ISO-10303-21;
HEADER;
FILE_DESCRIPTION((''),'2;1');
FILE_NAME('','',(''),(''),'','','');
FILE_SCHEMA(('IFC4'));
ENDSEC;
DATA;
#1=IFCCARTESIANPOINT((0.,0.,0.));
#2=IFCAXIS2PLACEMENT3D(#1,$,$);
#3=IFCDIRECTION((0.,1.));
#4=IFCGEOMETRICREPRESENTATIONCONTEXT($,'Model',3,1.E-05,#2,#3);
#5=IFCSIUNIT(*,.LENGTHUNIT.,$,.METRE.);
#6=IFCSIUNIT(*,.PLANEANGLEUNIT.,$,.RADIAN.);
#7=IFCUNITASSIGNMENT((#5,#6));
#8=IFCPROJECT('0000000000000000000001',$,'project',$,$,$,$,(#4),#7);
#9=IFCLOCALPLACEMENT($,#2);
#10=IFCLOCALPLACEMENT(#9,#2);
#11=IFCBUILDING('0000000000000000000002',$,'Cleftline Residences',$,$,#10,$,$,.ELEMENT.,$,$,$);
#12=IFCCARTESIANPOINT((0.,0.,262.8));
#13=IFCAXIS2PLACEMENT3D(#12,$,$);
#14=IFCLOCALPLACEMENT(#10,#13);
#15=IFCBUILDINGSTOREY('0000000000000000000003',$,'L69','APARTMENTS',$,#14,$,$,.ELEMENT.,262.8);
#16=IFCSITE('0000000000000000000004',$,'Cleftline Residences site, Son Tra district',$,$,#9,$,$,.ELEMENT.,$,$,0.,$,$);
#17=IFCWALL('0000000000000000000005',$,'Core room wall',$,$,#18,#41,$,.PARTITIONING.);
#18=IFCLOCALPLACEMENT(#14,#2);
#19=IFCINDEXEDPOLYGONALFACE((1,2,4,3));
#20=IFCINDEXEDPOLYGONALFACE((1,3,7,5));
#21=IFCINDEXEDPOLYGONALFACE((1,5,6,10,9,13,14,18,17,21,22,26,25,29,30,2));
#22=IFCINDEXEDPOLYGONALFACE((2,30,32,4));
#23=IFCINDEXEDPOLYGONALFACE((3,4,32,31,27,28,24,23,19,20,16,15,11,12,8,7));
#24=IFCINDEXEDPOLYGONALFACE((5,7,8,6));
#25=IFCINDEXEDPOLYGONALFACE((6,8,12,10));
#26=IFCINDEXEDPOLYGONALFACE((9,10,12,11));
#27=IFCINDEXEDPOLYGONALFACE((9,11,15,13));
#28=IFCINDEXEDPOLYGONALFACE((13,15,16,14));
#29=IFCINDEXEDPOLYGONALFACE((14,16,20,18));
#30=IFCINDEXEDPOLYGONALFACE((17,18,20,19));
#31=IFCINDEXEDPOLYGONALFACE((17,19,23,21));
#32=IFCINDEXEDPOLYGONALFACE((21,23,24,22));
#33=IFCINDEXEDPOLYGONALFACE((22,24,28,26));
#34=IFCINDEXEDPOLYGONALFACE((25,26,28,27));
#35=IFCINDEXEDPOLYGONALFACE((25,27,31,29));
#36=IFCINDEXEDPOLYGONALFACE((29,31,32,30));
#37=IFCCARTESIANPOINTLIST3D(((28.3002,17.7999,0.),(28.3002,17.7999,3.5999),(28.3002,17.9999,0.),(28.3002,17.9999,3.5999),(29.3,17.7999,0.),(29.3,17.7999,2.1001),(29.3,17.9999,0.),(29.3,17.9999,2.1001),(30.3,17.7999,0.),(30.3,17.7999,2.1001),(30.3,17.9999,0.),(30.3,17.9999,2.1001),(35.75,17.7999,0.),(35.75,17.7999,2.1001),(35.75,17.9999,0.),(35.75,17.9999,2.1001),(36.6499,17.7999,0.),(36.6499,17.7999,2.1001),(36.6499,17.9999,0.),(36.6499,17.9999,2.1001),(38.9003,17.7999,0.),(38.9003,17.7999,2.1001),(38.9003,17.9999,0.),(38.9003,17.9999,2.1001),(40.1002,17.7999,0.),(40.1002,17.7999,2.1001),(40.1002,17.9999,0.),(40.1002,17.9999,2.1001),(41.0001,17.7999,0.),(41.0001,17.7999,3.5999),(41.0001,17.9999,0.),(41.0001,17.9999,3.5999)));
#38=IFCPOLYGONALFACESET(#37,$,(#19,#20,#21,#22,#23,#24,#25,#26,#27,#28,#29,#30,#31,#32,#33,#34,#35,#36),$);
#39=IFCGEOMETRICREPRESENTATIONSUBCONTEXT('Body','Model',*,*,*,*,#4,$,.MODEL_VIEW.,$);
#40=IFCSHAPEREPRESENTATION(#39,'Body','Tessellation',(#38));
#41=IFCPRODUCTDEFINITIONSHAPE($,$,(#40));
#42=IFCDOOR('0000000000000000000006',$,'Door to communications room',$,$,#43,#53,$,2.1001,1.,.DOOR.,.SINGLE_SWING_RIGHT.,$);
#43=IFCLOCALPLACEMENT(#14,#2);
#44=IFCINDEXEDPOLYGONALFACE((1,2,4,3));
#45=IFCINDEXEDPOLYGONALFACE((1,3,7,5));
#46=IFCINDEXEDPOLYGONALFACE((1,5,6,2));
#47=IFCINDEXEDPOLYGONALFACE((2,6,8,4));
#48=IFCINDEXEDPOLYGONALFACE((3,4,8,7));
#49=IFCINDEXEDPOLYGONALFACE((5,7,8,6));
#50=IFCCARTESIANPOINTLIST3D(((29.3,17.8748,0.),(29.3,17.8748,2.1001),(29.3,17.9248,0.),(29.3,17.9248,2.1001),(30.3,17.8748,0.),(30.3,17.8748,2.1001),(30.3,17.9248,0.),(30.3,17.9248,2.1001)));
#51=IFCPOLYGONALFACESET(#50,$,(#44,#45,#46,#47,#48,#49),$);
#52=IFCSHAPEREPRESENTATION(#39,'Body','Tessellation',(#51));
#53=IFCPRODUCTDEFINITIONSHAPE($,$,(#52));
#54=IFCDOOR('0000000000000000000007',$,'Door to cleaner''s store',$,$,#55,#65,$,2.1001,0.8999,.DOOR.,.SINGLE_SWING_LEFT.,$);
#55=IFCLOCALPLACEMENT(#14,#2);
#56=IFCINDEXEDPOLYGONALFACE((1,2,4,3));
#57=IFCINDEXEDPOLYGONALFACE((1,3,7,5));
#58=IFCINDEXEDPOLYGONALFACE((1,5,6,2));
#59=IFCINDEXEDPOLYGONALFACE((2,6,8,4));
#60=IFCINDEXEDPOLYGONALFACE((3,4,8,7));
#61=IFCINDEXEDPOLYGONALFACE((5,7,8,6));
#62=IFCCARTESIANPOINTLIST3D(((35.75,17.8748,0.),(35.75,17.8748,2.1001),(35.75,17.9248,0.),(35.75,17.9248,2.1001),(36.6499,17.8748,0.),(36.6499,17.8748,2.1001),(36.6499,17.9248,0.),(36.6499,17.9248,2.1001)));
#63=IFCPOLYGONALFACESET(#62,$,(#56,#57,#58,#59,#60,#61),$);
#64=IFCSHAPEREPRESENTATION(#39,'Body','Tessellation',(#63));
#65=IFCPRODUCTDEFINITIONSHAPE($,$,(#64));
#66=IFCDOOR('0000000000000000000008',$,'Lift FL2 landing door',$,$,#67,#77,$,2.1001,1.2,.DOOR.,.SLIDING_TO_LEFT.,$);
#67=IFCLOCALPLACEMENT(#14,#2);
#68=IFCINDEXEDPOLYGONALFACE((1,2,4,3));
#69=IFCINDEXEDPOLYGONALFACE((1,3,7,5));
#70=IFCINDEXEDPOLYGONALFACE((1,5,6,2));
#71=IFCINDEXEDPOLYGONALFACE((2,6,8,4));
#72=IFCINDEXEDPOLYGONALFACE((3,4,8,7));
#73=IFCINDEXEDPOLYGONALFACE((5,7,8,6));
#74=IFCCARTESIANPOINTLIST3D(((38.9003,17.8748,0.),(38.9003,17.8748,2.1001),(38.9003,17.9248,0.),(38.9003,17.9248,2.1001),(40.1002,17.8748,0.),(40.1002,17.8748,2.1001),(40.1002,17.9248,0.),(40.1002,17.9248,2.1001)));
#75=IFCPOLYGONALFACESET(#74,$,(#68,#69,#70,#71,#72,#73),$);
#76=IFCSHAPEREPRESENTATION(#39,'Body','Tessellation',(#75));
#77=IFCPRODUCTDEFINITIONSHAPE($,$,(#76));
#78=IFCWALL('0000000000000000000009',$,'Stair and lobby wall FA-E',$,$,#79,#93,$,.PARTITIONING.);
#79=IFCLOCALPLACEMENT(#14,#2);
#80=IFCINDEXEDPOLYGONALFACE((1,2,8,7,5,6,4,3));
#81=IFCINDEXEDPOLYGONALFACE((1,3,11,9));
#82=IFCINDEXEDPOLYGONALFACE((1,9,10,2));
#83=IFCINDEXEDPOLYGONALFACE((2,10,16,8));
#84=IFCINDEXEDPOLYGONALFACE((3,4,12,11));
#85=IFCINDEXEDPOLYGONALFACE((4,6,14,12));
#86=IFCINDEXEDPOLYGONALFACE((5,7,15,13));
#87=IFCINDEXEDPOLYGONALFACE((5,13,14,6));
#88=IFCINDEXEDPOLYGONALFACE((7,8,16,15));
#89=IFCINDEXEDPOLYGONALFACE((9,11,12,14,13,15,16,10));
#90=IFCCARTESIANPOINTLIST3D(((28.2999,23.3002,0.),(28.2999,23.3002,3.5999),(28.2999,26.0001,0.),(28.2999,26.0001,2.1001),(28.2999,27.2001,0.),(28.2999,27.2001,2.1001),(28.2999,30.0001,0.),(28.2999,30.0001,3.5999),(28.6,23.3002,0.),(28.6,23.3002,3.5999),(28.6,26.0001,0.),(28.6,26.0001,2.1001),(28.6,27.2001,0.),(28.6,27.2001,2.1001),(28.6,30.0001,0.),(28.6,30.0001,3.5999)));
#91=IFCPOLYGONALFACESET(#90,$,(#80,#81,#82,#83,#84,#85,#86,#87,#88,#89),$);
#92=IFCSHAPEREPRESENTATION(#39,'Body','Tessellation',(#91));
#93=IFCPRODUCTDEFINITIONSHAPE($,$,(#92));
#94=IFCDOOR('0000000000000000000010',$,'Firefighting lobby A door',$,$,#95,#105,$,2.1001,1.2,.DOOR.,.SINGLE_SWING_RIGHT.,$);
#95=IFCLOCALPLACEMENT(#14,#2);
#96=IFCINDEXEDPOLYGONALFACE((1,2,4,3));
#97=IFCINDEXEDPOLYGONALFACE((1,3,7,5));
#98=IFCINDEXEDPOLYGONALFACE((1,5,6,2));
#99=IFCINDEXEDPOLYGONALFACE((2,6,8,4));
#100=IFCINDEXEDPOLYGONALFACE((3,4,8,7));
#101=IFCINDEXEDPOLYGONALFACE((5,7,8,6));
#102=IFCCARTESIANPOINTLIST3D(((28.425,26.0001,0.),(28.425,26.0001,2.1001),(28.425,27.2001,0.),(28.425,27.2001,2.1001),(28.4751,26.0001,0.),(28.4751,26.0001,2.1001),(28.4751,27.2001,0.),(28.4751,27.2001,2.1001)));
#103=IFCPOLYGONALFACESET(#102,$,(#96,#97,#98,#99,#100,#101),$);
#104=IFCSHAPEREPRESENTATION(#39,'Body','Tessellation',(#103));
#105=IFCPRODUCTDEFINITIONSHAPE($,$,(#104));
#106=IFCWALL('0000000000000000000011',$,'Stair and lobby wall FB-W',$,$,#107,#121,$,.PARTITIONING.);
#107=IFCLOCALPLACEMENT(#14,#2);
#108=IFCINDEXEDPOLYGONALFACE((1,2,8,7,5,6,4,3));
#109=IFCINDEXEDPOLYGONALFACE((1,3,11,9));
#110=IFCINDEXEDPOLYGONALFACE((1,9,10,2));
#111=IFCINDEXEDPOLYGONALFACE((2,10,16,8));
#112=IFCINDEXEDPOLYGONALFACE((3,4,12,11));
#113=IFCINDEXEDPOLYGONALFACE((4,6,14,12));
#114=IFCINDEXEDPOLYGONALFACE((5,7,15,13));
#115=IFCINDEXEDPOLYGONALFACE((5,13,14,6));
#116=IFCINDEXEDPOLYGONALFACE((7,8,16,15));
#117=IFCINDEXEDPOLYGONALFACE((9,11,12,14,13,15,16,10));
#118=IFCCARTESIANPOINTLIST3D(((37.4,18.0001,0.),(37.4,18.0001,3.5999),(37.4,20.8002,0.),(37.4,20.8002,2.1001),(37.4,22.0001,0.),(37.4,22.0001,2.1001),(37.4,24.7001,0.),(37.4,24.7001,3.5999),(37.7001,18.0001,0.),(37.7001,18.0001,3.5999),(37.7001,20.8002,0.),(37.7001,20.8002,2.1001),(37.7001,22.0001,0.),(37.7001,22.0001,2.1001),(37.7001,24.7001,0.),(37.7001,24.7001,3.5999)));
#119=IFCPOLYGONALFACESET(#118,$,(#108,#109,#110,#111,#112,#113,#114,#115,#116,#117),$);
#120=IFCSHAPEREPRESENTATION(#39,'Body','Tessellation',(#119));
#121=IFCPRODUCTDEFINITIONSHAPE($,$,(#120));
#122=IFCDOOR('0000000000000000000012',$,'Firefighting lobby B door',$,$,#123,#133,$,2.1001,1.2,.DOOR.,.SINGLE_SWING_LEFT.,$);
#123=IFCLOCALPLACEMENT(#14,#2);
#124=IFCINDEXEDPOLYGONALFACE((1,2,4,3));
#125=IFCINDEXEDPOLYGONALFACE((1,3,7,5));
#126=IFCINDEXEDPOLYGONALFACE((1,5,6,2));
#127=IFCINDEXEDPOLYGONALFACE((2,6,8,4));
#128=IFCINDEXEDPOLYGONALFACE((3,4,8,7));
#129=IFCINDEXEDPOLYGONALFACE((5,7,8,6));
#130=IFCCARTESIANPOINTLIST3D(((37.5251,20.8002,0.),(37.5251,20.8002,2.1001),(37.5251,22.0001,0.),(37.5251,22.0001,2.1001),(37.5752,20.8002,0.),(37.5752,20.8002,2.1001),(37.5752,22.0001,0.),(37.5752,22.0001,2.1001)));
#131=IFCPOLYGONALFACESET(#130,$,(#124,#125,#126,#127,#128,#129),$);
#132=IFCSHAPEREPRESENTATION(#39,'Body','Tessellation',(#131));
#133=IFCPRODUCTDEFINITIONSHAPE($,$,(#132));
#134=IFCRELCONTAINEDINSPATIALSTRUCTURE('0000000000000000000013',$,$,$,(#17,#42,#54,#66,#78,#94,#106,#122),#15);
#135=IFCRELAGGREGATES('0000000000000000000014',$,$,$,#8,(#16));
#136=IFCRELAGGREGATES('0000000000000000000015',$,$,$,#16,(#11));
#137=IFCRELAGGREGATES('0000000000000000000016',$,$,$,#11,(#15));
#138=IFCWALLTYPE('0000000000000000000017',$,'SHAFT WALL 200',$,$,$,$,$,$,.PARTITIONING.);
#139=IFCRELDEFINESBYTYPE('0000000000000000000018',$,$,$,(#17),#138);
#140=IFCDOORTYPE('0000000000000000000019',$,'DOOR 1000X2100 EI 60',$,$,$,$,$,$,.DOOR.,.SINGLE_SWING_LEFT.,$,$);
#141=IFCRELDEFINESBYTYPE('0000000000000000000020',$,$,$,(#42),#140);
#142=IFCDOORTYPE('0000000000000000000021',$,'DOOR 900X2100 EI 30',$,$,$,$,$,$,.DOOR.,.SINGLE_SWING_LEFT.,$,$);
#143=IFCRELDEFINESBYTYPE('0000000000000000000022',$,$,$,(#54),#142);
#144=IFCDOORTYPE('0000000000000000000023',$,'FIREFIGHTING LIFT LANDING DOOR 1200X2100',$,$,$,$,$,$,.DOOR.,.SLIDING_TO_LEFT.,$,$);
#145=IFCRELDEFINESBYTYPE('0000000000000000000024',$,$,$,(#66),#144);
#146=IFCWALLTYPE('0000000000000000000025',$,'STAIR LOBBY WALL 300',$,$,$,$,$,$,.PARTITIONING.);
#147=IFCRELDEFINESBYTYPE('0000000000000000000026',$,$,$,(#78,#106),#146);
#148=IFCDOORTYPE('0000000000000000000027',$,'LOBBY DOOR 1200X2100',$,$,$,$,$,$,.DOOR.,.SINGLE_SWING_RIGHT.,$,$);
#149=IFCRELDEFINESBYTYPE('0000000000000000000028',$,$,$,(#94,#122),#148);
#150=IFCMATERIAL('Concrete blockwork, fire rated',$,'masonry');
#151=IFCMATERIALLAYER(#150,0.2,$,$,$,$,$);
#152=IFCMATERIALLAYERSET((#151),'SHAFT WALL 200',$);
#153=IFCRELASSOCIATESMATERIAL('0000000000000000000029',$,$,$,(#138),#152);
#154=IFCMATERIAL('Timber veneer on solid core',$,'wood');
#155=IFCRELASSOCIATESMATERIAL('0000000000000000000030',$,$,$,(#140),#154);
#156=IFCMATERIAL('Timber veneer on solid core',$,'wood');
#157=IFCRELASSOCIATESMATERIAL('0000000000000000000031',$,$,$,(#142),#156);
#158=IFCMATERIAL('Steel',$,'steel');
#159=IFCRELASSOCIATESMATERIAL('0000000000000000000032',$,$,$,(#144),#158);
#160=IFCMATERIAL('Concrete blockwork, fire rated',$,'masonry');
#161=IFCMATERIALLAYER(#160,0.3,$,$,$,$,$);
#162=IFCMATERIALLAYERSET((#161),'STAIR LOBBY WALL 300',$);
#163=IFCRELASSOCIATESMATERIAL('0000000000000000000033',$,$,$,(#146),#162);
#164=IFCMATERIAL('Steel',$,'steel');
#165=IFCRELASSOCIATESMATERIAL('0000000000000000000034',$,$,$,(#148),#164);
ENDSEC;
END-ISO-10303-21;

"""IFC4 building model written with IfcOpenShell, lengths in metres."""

from ifc_helpers import new_model, si_unit, direction, frame, frame_2d, origin, place, context, subcontext, project, spatial, rectangle, extrude, material, layer, layer_set, type_object, element, fill, save


model = new_model("IFC4")

# Units and contexts
model_context = context("Model", 3, precision=1e-05, world=origin(), true_north=direction((0.0, 1.0)))
body_context = subcontext(model_context, "Body", "Model", "MODEL_VIEW")
ifc_project = project(units=[si_unit("LENGTHUNIT", "METRE"), si_unit("PLANEANGLEUNIT", "RADIAN")], contexts=[model_context])

# Site, building, storey
site_placement = place(None, origin())
site = spatial("IfcSite", under=ifc_project, at=site_placement, Name="Cleftline Residences site, Son Tra district", CompositionType="ELEMENT", RefElevation=0.0)
building_placement = place(site_placement, origin())
building = spatial("IfcBuilding", under=site, at=building_placement, Name="Cleftline Residences", CompositionType="ELEMENT")
storey_placement = place(building_placement, frame((0.0, 0.0, 262.8)))
storey = spatial("IfcBuildingStorey", under=building, at=storey_placement, Name="L69", Description="APARTMENTS", CompositionType="ELEMENT", Elevation=262.8)

# Wall, openings, doors
ifc_material_1 = material(Name="Concrete blockwork, fire rated", Category="masonry")
ifc_layer_1 = layer(ifc_material_1, 0.2)
ifc_layer_set_1 = layer_set([ifc_layer_1], Name="SHAFT WALL 200")
wall_type_1 = type_object("IfcWallType", Name="SHAFT WALL 200", PredefinedType="PARTITIONING", material=ifc_layer_set_1)
wall_1_placement = place(storey_placement, frame((28.3, 17.8999, 0.0), z_axis=(0.0, 0.0, 1.0), x_axis=(1.0, 0.0, 0.0)))
wall_1 = element("IfcWall", 1, at=wall_1_placement, inside=storey, type_object=wall_type_1, Name="Core room wall", PredefinedType="PARTITIONING", context=body_context, shape_type="SweptSolid", body=[
    extrude(rectangle(XDim=12.7, YDim=0.2, at=frame_2d((6.3501, 0.0))), origin(), (0.0, 0.0, 1.0), 3.5999),
])
opening_1_placement = place(wall_1_placement, frame((1.0, 0.0, 0.0)))
opening_1 = element("IfcOpeningElement", 2, at=opening_1_placement, cuts=wall_1, PredefinedType="OPENING", context=body_context, shape_type="SweptSolid", body=[
    extrude(rectangle(XDim=1.0, YDim=2.1001, at=frame_2d((0.5, 1.05))), frame((0.0, 0.1099, 0.0), z_axis=(0.0, -1.0, 0.0), x_axis=(1.0, 0.0, 0.0)), (0.0, 0.0, 1.0), 0.22),
])
opening_2_placement = place(wall_1_placement, frame((7.45, 0.0, 0.0)))
opening_2 = element("IfcOpeningElement", 3, at=opening_2_placement, cuts=wall_1, PredefinedType="OPENING", context=body_context, shape_type="SweptSolid", body=[
    extrude(rectangle(XDim=0.8999, YDim=2.1001, at=frame_2d((0.45, 1.05))), frame((0.0, 0.1099, 0.0), z_axis=(0.0, -1.0, 0.0), x_axis=(1.0, 0.0, 0.0)), (0.0, 0.0, 1.0), 0.22),
])
opening_3_placement = place(wall_1_placement, frame((10.6001, 0.0, 0.0)))
opening_3 = element("IfcOpeningElement", 4, at=opening_3_placement, cuts=wall_1, PredefinedType="OPENING", context=body_context, shape_type="SweptSolid", body=[
    extrude(rectangle(XDim=1.2, YDim=2.1001, at=frame_2d((0.6001, 1.05))), frame((0.0, 0.1099, 0.0), z_axis=(0.0, -1.0, 0.0), x_axis=(1.0, 0.0, 0.0)), (0.0, 0.0, 1.0), 0.22),
])
ifc_material_2 = material(Name="Timber veneer on solid core", Category="wood")
door_type_1 = type_object("IfcDoorType", Name="DOOR 1000X2100 EI 60", OperationType="SINGLE_SWING_LEFT", PredefinedType="DOOR", material=ifc_material_2)
door_1_placement = place(opening_1_placement, origin())
door_1 = element("IfcDoor", 5, at=door_1_placement, inside=storey, type_object=door_type_1, Name="Door to communications room", OperationType="SINGLE_SWING_RIGHT", OverallHeight=2.1001, OverallWidth=1.0, PredefinedType="DOOR", context=body_context, shape_type="SweptSolid", body=[
    extrude(rectangle(XDim=1.0, YDim=2.1001, at=frame_2d((0.5, 1.05))), frame((0.0, 0.0249, 0.0), z_axis=(0.0, -1.0, 0.0), x_axis=(1.0, 0.0, 0.0)), (0.0, 0.0, 1.0), 0.05),
])
fill(opening_1, door_1)
ifc_material_3 = material(Name="Timber veneer on solid core", Category="wood")
door_type_2 = type_object("IfcDoorType", Name="DOOR 900X2100 EI 30", OperationType="SINGLE_SWING_LEFT", PredefinedType="DOOR", material=ifc_material_3)
door_2_placement = place(opening_2_placement, origin())
door_2 = element("IfcDoor", 6, at=door_2_placement, inside=storey, type_object=door_type_2, Name="Door to cleaner's store", OperationType="SINGLE_SWING_LEFT", OverallHeight=2.1001, OverallWidth=0.8999, PredefinedType="DOOR", context=body_context, shape_type="SweptSolid", body=[
    extrude(rectangle(XDim=0.8999, YDim=2.1001, at=frame_2d((0.45, 1.05))), frame((0.0, 0.0249, 0.0), z_axis=(0.0, -1.0, 0.0), x_axis=(1.0, 0.0, 0.0)), (0.0, 0.0, 1.0), 0.05),
])
fill(opening_2, door_2)
ifc_material_4 = material(Name="Steel", Category="steel")
door_type_3 = type_object("IfcDoorType", Name="FIREFIGHTING LIFT LANDING DOOR 1200X2100", OperationType="SLIDING_TO_LEFT", PredefinedType="DOOR", material=ifc_material_4)
door_3_placement = place(opening_3_placement, origin())
door_3 = element("IfcDoor", 7, at=door_3_placement, inside=storey, type_object=door_type_3, Name="Lift FL2 landing door", OperationType="SLIDING_TO_LEFT", OverallHeight=2.1001, OverallWidth=1.2, PredefinedType="DOOR", context=body_context, shape_type="SweptSolid", body=[
    extrude(rectangle(XDim=1.2, YDim=2.1001, at=frame_2d((0.6001, 1.05))), frame((0.0, 0.0249, 0.0), z_axis=(0.0, -1.0, 0.0), x_axis=(1.0, 0.0, 0.0)), (0.0, 0.0, 1.0), 0.05),
])
fill(opening_3, door_3)

# Walls, openings, doors
ifc_material_5 = material(Name="Concrete blockwork, fire rated", Category="masonry")
ifc_layer_2 = layer(ifc_material_5, 0.3)
ifc_layer_set_2 = layer_set([ifc_layer_2], Name="STAIR LOBBY WALL 300")
wall_type_2 = type_object("IfcWallType", Name="STAIR LOBBY WALL 300", PredefinedType="PARTITIONING", material=ifc_layer_set_2)
wall_2_placement = place(storey_placement, frame((28.45, 23.3, 0.0), z_axis=(0.0, 0.0, 1.0), x_axis=(0.0, 1.0, 0.0)))
wall_2 = element("IfcWall", 8, at=wall_2_placement, inside=storey, type_object=wall_type_2, Name="Stair and lobby wall FA-E", PredefinedType="PARTITIONING", context=body_context, shape_type="SweptSolid", body=[
    extrude(rectangle(XDim=6.7, YDim=0.3, at=frame_2d((3.3501, 0.0))), origin(), (0.0, 0.0, 1.0), 3.5999),
])
opening_4_placement = place(wall_2_placement, frame((2.7, 0.0, 0.0)))
opening_4 = element("IfcOpeningElement", 9, at=opening_4_placement, cuts=wall_2, PredefinedType="OPENING", context=body_context, shape_type="SweptSolid", body=[
    extrude(rectangle(XDim=1.2, YDim=2.1001, at=frame_2d((0.6001, 1.05))), frame((0.0, 0.1599, 0.0), z_axis=(0.0, -1.0, 0.0), x_axis=(1.0, 0.0, 0.0)), (0.0, 0.0, 1.0), 0.3201),
])
ifc_material_6 = material(Name="Steel", Category="steel")
door_type_4 = type_object("IfcDoorType", Name="LOBBY DOOR 1200X2100", OperationType="SINGLE_SWING_RIGHT", PredefinedType="DOOR", material=ifc_material_6)
door_4_placement = place(opening_4_placement, origin())
door_4 = element("IfcDoor", 10, at=door_4_placement, inside=storey, type_object=door_type_4, Name="Firefighting lobby A door", OperationType="SINGLE_SWING_RIGHT", OverallHeight=2.1001, OverallWidth=1.2, PredefinedType="DOOR", context=body_context, shape_type="SweptSolid", body=[
    extrude(rectangle(XDim=1.2, YDim=2.1001, at=frame_2d((0.6001, 1.05))), frame((0.0, 0.0249, 0.0), z_axis=(0.0, -1.0, 0.0), x_axis=(1.0, 0.0, 0.0)), (0.0, 0.0, 1.0), 0.05),
])
fill(opening_4, door_4)
wall_3_placement = place(storey_placement, frame((37.55, 18.0, 0.0), z_axis=(0.0, 0.0, 1.0), x_axis=(0.0, 1.0, 0.0)))
wall_3 = element("IfcWall", 11, at=wall_3_placement, inside=storey, type_object=wall_type_2, Name="Stair and lobby wall FB-W", PredefinedType="PARTITIONING", context=body_context, shape_type="SweptSolid", body=[
    extrude(rectangle(XDim=6.7, YDim=0.3, at=frame_2d((3.3501, 0.0))), origin(), (0.0, 0.0, 1.0), 3.5999),
])
opening_5_placement = place(wall_3_placement, frame((2.8, 0.0, 0.0)))
opening_5 = element("IfcOpeningElement", 12, at=opening_5_placement, cuts=wall_3, PredefinedType="OPENING", context=body_context, shape_type="SweptSolid", body=[
    extrude(rectangle(XDim=1.2, YDim=2.1001, at=frame_2d((0.6001, 1.05))), frame((0.0, 0.1599, 0.0), z_axis=(0.0, -1.0, 0.0), x_axis=(1.0, 0.0, 0.0)), (0.0, 0.0, 1.0), 0.3201),
])
door_5_placement = place(opening_5_placement, origin())
door_5 = element("IfcDoor", 13, at=door_5_placement, inside=storey, type_object=door_type_4, Name="Firefighting lobby B door", OperationType="SINGLE_SWING_LEFT", OverallHeight=2.1001, OverallWidth=1.2, PredefinedType="DOOR", context=body_context, shape_type="SweptSolid", body=[
    extrude(rectangle(XDim=1.2, YDim=2.1001, at=frame_2d((0.6001, 1.05))), frame((0.0, 0.0249, 0.0), z_axis=(0.0, -1.0, 0.0), x_axis=(1.0, 0.0, 0.0)), (0.0, 0.0, 1.0), 0.05),
])
fill(opening_5, door_5)

save(model, "model.ifc")
